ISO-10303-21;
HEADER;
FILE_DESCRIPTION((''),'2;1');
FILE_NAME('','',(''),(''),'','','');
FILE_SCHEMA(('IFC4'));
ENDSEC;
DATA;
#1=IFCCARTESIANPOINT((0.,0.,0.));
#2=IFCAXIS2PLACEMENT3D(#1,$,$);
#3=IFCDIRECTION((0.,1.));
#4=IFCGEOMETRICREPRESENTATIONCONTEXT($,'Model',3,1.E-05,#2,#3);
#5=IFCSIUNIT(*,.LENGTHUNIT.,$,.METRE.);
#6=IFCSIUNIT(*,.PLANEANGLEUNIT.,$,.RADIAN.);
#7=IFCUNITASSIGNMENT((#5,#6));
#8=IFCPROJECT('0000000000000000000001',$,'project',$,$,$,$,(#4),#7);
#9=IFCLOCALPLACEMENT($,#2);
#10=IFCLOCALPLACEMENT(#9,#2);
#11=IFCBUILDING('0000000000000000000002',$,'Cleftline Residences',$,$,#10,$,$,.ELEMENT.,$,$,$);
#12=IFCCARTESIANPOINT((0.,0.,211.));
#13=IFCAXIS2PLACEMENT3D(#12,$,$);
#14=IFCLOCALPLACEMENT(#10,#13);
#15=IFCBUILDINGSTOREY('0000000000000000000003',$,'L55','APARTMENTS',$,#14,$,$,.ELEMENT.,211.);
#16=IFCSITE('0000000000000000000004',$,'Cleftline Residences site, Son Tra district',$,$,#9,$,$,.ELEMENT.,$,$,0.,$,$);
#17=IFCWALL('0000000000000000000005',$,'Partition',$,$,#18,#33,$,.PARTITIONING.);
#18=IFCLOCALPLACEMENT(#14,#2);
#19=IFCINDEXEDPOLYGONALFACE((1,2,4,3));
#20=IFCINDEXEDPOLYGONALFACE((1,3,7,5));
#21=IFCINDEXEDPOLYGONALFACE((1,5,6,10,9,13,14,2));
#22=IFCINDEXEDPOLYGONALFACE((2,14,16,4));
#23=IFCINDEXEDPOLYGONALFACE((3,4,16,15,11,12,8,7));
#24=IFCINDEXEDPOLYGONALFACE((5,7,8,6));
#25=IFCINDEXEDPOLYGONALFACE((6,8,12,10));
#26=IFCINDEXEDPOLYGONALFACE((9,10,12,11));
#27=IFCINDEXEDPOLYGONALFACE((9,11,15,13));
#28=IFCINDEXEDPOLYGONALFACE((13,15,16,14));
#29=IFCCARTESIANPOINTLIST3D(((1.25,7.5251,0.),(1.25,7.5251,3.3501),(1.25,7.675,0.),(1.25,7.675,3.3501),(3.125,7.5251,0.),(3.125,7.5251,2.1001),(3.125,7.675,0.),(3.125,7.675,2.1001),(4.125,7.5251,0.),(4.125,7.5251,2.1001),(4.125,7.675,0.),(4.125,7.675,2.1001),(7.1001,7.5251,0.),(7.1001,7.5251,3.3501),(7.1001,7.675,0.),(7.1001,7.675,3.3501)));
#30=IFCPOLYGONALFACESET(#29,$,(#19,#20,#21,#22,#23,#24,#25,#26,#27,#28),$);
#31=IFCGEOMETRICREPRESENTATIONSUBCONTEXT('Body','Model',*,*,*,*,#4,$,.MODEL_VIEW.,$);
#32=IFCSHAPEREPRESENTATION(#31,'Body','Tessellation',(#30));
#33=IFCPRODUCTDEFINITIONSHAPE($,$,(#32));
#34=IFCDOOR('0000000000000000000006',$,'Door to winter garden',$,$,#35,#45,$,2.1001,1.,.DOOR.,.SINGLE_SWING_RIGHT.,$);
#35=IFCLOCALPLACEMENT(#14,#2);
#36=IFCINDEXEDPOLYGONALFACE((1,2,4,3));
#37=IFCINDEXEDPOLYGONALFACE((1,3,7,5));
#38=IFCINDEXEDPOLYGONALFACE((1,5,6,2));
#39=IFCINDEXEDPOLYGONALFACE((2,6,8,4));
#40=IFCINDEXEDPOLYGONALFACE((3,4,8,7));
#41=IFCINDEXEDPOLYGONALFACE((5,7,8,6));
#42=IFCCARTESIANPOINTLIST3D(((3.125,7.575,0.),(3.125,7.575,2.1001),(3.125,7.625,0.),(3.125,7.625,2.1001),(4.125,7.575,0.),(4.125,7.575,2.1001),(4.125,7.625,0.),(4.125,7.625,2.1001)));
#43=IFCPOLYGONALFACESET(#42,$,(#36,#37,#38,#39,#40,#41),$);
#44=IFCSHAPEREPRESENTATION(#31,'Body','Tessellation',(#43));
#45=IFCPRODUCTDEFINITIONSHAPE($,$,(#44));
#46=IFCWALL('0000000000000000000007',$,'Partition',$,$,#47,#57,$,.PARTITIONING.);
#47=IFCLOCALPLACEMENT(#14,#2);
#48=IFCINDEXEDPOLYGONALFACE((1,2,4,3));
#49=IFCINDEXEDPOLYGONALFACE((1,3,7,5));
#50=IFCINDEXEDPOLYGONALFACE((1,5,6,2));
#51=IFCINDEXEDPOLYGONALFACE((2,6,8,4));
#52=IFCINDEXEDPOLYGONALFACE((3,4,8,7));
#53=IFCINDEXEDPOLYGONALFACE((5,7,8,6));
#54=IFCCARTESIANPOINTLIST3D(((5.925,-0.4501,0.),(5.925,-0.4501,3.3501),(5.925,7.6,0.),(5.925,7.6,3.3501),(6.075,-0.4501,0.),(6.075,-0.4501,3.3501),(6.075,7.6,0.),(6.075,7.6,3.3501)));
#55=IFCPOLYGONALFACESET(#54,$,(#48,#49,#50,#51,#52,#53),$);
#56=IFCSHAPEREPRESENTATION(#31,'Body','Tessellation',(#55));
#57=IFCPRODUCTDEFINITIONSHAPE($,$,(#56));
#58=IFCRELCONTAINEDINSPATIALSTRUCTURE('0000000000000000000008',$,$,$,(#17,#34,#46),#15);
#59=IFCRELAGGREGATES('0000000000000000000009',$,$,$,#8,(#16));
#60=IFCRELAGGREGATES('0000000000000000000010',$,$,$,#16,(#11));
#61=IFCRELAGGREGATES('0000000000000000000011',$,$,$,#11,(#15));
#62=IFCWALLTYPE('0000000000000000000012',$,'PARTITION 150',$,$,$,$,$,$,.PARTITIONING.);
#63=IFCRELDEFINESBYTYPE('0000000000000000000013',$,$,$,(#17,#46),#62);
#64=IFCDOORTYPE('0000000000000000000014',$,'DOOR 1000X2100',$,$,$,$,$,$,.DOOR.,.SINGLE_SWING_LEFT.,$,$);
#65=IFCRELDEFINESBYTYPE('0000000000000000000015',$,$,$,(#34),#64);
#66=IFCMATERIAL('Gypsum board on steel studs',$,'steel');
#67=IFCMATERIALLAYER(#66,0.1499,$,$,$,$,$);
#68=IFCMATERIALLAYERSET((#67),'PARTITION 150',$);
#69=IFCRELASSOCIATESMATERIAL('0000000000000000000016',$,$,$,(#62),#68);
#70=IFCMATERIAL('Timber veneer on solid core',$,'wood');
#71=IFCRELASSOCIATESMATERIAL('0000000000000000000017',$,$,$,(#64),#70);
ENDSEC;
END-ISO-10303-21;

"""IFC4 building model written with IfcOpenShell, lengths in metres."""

from ifc_helpers import new_model, si_unit, direction, frame, frame_2d, origin, place, context, subcontext, project, spatial, rectangle, extrude, material, layer, layer_set, type_object, element, fill, save


model = new_model("IFC4")

# Units and contexts
model_context = context("Model", 3, precision=1e-05, world=origin(), true_north=direction((0.0, 1.0)))
body_context = subcontext(model_context, "Body", "Model", "MODEL_VIEW")
ifc_project = project(units=[si_unit("LENGTHUNIT", "METRE"), si_unit("PLANEANGLEUNIT", "RADIAN")], contexts=[model_context])

# Site, building, storey
site_placement = place(None, origin())
site = spatial("IfcSite", under=ifc_project, at=site_placement, Name="Cleftline Residences site, Son Tra district", CompositionType="ELEMENT", RefElevation=0.0)
building_placement = place(site_placement, origin())
building = spatial("IfcBuilding", under=site, at=building_placement, Name="Cleftline Residences", CompositionType="ELEMENT")
storey_placement = place(building_placement, frame((0.0, 0.0, 211.0)))
storey = spatial("IfcBuildingStorey", under=building, at=storey_placement, Name="L55", Description="APARTMENTS", CompositionType="ELEMENT", Elevation=211.0)

# Wall, opening, door
ifc_material_1 = material(Name="Gypsum board on steel studs", Category="steel")
ifc_layer_1 = layer(ifc_material_1, 0.1499)
ifc_layer_set_1 = layer_set([ifc_layer_1], Name="PARTITION 150")
wall_type_1 = type_object("IfcWallType", Name="PARTITION 150", PredefinedType="PARTITIONING", material=ifc_layer_set_1)
wall_1_placement = place(storey_placement, frame((1.25, 7.6001, 0.0), z_axis=(0.0, 0.0, 1.0), x_axis=(1.0, 0.0, 0.0)))
wall_1 = element("IfcWall", 1, at=wall_1_placement, inside=storey, type_object=wall_type_1, Name="Partition", PredefinedType="PARTITIONING", context=body_context, shape_type="SweptSolid", body=[
    extrude(rectangle(XDim=5.8501, YDim=0.1499, at=frame_2d((2.925, 0.0))), origin(), (0.0, 0.0, 1.0), 3.3501),
])
opening_1_placement = place(wall_1_placement, frame((1.875, 0.0, 0.0)))
opening_1 = element("IfcOpeningElement", 2, at=opening_1_placement, cuts=wall_1, PredefinedType="OPENING", context=body_context, shape_type="SweptSolid", body=[
    extrude(rectangle(XDim=1.0, YDim=2.1001, at=frame_2d((0.5, 1.05))), frame((0.0, 0.085, 0.0), z_axis=(0.0, -1.0, 0.0), x_axis=(1.0, 0.0, 0.0)), (0.0, 0.0, 1.0), 0.1699),
])
ifc_material_2 = material(Name="Timber veneer on solid core", Category="wood")
door_type = type_object("IfcDoorType", Name="DOOR 1000X2100", OperationType="SINGLE_SWING_LEFT", PredefinedType="DOOR", material=ifc_material_2)
door_placement = place(opening_1_placement, origin())
door = element("IfcDoor", 3, at=door_placement, inside=storey, type_object=door_type, Name="Door to winter garden", OperationType="SINGLE_SWING_RIGHT", OverallHeight=2.1001, OverallWidth=1.0, PredefinedType="DOOR", context=body_context, shape_type="SweptSolid", body=[
    extrude(rectangle(XDim=1.0, YDim=2.1001, at=frame_2d((0.5, 1.05))), frame((0.0, 0.0249, 0.0), z_axis=(0.0, -1.0, 0.0), x_axis=(1.0, 0.0, 0.0)), (0.0, 0.0, 1.0), 0.05),
])
fill(opening_1, door)

# Wall
wall_2_placement = place(storey_placement, frame((6.0, -0.45, 0.0), z_axis=(0.0, 0.0, 1.0), x_axis=(0.0, 1.0, 0.0)))
element("IfcWall", 4, at=wall_2_placement, inside=storey, type_object=wall_type_1, Name="Partition", PredefinedType="PARTITIONING", context=body_context, shape_type="SweptSolid", body=[
    extrude(rectangle(XDim=8.05, YDim=0.1499, at=frame_2d((4.0249, 0.0))), origin(), (0.0, 0.0, 1.0), 3.3501),
])

save(model, "model.ifc")
